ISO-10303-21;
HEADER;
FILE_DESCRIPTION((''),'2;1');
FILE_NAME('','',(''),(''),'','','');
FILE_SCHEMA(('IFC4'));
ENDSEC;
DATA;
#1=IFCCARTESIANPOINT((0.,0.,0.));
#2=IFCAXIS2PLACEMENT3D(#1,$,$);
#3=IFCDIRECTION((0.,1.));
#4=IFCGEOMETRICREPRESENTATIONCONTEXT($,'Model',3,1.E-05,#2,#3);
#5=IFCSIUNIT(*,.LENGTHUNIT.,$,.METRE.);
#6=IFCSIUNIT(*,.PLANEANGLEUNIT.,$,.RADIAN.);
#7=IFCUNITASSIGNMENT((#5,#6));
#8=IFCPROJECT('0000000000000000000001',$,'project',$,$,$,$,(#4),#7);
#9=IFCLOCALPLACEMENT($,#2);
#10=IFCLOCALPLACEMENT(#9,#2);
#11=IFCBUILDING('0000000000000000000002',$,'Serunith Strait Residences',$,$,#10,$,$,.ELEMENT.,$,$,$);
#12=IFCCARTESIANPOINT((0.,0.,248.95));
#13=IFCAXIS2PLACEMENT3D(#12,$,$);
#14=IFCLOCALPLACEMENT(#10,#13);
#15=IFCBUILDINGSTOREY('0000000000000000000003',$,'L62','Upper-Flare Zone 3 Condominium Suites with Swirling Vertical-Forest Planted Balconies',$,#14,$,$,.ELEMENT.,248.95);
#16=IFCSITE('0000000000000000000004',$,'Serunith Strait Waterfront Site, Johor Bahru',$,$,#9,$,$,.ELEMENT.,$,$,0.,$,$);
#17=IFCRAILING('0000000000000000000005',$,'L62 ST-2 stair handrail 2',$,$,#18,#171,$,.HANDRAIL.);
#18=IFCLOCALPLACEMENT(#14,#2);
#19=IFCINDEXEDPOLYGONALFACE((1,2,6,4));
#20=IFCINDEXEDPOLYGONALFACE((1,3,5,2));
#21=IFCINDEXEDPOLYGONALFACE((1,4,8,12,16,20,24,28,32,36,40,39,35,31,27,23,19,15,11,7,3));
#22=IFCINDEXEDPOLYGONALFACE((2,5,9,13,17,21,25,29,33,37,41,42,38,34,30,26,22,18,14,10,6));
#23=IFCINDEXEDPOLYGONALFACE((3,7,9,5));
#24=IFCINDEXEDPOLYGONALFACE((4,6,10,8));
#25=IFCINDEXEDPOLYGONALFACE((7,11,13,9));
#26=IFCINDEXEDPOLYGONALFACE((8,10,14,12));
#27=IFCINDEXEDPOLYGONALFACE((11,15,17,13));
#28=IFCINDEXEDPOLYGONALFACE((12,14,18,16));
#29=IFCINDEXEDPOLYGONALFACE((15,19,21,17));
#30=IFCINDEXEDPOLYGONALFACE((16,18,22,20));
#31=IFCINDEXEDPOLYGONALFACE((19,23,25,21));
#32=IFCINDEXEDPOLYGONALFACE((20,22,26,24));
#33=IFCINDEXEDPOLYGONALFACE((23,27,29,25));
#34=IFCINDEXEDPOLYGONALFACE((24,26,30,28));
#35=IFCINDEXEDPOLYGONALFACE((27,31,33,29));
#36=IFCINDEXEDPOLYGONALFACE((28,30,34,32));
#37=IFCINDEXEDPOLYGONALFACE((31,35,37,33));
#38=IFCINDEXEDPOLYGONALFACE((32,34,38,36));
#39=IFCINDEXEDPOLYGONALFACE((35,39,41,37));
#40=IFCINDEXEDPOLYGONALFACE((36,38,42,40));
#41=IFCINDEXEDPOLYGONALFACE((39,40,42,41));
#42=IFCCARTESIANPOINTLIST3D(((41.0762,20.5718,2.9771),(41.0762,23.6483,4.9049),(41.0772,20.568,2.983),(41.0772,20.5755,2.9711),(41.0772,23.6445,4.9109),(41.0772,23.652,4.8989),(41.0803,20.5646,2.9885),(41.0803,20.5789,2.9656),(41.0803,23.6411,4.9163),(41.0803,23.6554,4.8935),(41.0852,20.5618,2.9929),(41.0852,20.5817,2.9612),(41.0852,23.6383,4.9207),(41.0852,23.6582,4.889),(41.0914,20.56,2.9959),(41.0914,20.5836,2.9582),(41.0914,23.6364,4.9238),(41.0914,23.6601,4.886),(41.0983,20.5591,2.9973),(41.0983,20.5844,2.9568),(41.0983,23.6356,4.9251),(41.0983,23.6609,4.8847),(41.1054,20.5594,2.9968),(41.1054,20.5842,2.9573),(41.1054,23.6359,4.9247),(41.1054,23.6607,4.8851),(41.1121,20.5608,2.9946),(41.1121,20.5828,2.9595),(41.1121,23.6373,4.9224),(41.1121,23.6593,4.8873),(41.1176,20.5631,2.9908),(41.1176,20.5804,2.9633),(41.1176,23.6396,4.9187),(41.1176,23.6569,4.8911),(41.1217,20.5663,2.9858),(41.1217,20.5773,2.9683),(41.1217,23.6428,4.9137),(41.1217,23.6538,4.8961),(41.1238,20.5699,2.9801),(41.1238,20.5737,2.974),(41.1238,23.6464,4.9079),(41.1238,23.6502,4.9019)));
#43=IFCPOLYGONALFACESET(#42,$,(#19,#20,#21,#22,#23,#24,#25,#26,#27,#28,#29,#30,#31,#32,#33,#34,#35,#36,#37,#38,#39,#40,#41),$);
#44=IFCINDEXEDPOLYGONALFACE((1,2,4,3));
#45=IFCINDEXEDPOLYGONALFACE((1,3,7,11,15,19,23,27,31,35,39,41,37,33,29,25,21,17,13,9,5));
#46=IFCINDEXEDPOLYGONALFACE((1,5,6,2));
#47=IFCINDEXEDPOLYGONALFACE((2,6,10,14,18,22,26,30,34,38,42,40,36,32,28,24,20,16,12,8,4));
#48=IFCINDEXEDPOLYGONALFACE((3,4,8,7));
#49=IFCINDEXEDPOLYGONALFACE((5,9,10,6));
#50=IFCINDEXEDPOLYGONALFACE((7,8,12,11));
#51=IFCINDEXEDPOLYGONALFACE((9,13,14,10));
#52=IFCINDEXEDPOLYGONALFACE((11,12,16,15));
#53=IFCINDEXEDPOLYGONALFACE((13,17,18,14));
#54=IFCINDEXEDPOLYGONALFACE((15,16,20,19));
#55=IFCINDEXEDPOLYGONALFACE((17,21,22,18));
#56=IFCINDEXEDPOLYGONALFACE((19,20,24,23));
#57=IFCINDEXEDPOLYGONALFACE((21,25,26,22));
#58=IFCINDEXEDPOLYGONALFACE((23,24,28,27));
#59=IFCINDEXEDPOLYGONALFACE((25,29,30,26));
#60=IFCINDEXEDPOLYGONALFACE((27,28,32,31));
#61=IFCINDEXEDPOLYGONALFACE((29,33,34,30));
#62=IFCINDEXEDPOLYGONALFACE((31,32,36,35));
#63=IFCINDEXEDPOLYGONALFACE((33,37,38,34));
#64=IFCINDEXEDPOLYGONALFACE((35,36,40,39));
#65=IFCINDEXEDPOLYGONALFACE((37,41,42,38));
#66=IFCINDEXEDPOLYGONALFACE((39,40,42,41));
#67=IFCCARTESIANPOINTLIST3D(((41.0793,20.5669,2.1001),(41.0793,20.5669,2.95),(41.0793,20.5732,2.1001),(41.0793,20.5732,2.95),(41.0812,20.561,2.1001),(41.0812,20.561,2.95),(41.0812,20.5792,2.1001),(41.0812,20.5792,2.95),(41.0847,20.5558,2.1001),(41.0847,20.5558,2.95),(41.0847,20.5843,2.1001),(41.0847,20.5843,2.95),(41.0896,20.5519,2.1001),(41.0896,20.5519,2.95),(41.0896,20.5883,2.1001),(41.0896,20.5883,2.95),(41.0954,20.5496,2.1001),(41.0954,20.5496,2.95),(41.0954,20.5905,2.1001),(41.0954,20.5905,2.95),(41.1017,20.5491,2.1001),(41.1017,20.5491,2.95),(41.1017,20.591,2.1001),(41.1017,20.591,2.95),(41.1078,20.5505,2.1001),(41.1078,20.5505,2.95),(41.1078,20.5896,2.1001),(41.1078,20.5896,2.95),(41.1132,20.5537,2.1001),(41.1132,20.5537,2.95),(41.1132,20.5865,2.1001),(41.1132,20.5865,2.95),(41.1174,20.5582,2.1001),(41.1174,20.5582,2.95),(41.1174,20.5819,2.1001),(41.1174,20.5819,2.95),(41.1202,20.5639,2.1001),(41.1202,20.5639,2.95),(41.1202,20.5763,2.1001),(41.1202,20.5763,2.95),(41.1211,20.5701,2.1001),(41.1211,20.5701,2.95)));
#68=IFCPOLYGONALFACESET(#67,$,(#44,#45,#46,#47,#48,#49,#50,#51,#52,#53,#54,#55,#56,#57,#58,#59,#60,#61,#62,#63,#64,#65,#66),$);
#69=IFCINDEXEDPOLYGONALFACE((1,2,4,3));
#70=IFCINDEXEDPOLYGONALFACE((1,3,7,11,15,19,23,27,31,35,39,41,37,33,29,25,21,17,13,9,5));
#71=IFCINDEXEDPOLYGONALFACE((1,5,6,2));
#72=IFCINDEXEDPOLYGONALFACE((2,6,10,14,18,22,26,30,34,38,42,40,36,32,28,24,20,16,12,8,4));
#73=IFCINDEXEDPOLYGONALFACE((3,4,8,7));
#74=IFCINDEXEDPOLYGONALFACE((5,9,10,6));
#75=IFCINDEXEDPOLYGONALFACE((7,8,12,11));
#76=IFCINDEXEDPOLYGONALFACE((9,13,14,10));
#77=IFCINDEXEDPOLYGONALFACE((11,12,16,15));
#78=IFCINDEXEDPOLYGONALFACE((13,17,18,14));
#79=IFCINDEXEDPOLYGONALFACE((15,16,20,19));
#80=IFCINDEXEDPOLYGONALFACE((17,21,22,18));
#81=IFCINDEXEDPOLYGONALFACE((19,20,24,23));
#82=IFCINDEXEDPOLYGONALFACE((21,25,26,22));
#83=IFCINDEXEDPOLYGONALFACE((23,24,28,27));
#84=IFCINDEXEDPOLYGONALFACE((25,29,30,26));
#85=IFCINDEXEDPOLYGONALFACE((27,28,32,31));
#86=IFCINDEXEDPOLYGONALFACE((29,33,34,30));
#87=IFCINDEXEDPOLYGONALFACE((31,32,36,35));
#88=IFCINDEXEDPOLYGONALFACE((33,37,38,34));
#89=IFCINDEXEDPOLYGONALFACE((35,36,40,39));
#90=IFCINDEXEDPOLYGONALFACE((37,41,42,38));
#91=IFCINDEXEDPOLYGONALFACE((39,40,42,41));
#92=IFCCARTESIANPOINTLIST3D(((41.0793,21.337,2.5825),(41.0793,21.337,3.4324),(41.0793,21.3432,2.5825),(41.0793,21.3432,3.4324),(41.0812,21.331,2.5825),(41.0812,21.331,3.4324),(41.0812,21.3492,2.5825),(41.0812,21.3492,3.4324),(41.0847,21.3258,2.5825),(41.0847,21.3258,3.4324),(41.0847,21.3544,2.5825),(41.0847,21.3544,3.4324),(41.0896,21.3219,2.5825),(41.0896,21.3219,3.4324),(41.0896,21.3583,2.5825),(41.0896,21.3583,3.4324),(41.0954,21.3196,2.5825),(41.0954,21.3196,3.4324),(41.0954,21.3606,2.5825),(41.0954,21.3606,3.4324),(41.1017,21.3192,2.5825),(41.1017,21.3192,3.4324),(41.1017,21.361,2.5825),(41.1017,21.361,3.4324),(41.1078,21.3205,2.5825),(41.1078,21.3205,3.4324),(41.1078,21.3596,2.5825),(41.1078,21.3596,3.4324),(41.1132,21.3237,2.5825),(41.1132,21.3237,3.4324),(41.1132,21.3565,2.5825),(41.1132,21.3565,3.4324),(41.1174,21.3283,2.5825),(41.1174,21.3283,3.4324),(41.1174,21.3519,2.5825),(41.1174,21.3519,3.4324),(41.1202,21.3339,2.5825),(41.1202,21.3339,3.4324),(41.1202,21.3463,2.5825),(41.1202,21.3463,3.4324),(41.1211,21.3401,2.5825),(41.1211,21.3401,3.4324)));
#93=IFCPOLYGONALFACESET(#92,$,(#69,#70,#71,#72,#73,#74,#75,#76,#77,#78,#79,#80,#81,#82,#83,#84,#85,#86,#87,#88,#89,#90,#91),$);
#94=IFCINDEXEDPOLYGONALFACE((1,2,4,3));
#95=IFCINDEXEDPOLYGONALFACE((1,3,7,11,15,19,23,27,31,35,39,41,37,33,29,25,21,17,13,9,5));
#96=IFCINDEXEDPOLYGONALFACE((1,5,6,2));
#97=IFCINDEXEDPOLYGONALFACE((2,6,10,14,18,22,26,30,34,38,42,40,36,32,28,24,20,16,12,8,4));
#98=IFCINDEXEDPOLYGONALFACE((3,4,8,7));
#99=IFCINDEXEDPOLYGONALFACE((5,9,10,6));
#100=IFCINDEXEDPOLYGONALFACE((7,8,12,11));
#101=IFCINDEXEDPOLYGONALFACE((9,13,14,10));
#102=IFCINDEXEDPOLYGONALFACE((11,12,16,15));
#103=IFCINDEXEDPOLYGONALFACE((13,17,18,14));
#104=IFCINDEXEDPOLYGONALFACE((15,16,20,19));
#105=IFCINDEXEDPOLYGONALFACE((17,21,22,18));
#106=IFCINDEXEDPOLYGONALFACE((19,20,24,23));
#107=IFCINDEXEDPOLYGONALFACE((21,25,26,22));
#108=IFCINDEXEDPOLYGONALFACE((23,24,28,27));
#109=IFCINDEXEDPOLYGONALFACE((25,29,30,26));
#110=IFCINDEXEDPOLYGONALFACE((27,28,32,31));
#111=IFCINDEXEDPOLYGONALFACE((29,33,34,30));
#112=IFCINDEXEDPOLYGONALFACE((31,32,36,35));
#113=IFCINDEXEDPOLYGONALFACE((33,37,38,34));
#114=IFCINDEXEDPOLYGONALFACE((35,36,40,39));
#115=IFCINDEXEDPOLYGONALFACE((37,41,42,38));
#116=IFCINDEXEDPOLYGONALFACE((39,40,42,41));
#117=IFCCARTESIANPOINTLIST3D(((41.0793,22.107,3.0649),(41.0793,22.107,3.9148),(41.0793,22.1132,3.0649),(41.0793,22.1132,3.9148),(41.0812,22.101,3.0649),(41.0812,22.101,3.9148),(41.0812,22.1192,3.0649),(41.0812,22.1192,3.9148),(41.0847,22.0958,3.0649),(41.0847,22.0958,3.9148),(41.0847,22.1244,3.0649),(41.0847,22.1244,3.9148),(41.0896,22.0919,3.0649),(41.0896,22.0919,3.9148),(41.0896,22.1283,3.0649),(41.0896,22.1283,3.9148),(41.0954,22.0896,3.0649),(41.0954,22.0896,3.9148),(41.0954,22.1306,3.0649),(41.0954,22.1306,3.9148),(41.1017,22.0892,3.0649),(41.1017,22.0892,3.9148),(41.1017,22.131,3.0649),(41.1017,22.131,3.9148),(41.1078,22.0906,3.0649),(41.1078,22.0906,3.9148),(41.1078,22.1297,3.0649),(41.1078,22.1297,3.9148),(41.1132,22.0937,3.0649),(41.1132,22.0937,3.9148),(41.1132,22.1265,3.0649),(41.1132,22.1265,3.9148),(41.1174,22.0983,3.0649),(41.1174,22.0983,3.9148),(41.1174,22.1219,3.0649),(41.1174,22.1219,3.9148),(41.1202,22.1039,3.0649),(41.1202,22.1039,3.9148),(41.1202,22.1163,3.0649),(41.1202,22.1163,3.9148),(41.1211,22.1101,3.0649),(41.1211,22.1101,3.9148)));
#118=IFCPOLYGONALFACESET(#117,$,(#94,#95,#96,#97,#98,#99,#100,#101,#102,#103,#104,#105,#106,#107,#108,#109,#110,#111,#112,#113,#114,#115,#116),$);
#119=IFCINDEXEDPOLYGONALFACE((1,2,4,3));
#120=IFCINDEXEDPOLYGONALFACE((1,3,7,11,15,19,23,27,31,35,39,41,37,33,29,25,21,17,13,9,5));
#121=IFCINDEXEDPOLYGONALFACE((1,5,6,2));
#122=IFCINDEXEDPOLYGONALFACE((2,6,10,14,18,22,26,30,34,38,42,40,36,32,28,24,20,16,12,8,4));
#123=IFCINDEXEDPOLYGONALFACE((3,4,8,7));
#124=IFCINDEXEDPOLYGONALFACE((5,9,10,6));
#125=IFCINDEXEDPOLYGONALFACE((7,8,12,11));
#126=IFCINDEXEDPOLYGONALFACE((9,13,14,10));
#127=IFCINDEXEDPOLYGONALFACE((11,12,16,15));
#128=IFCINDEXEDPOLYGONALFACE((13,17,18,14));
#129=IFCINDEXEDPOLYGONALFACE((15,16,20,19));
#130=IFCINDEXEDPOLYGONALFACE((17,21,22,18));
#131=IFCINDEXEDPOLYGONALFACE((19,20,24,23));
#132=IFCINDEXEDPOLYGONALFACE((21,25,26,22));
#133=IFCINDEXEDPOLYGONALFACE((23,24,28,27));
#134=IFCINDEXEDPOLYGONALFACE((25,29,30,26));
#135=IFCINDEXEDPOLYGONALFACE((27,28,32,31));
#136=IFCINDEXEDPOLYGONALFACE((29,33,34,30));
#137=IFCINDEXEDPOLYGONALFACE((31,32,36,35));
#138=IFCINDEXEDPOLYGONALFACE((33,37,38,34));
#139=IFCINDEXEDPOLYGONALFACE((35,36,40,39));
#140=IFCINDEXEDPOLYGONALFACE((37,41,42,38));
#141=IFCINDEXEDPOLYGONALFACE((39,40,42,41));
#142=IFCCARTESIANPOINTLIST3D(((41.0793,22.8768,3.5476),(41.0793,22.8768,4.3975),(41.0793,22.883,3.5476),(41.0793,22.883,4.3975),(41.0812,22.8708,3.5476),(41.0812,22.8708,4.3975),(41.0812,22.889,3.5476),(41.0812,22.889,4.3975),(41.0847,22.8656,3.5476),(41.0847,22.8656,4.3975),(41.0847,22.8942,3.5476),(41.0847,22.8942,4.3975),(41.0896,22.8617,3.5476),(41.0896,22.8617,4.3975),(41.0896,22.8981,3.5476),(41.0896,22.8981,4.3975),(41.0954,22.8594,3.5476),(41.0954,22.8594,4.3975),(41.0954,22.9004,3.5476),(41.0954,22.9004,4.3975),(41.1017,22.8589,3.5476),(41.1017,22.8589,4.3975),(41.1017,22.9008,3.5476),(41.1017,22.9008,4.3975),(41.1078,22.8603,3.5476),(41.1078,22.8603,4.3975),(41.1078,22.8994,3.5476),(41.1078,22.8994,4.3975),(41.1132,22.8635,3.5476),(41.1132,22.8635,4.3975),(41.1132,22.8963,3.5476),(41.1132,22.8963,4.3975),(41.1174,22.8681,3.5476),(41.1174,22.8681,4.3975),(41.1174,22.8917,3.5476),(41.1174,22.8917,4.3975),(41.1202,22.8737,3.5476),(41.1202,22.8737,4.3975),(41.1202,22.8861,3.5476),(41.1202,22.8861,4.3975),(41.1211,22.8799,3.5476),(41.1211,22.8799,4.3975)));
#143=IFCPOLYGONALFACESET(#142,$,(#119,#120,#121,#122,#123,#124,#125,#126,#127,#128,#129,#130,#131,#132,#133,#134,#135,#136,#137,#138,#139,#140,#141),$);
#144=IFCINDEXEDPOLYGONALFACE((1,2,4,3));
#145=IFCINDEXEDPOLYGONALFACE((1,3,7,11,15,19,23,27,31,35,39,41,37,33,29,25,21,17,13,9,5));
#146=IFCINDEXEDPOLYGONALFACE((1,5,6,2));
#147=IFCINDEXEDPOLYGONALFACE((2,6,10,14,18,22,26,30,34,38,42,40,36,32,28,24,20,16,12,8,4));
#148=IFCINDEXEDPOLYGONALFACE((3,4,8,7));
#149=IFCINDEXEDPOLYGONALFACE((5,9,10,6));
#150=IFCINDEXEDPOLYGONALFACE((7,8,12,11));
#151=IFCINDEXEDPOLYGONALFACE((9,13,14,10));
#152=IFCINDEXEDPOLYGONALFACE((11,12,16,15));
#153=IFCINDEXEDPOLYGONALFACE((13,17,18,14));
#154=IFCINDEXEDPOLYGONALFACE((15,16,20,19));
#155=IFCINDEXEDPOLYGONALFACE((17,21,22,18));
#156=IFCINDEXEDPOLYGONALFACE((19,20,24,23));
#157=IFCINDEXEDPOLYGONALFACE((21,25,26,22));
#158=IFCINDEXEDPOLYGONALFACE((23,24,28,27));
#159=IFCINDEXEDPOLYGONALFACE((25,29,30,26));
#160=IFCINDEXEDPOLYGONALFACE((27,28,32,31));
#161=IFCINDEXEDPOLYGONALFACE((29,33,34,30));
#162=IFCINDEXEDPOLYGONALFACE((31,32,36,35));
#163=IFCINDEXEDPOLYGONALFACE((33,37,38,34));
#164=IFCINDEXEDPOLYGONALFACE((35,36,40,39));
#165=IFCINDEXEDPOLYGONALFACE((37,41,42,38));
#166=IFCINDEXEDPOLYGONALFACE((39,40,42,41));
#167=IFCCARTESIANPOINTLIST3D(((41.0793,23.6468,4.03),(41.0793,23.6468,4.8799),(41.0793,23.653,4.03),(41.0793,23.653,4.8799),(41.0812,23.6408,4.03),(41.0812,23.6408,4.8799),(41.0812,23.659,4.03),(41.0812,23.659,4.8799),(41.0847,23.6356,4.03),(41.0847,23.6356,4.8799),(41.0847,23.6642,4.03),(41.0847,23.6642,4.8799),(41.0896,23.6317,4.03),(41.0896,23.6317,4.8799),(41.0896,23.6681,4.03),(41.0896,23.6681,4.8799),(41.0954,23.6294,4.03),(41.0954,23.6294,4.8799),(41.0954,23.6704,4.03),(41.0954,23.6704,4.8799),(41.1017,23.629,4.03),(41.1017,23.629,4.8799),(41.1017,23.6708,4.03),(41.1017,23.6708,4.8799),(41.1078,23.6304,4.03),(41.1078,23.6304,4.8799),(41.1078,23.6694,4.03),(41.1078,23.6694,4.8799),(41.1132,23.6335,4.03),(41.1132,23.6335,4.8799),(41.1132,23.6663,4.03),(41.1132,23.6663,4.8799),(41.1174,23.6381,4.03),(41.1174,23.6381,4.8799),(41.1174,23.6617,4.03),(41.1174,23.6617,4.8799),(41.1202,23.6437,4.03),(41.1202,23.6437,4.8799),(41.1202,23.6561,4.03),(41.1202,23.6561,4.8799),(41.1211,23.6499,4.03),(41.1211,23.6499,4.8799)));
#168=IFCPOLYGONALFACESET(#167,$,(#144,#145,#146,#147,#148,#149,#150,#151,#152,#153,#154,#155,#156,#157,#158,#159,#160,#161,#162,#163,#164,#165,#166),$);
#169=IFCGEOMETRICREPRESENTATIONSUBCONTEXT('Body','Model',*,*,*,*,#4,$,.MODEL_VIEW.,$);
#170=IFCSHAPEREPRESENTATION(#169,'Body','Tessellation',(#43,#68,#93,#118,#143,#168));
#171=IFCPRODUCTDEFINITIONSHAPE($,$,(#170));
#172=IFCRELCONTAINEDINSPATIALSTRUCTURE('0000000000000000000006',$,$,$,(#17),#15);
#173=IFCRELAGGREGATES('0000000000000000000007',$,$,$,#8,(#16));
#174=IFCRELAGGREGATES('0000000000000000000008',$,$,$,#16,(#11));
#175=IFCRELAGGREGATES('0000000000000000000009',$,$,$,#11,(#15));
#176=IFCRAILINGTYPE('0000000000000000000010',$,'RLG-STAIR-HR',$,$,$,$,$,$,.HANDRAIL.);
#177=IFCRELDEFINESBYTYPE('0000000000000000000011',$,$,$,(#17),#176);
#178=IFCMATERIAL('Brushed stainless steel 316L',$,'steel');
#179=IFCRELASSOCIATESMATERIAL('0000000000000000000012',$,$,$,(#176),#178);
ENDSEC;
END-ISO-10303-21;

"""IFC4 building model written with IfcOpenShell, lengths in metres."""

from ifc_helpers import new_model, si_unit, direction, frame, origin, origin_2d, place, context, subcontext, project, spatial, circle, extrude, material, type_object, element, save


model = new_model("IFC4")

# Units and contexts
model_context = context("Model", 3, precision=1e-05, world=origin(), true_north=direction((0.0, 1.0)))
body_context = subcontext(model_context, "Body", "Model", "MODEL_VIEW")
ifc_project = project(units=[si_unit("LENGTHUNIT", "METRE"), si_unit("PLANEANGLEUNIT", "RADIAN")], contexts=[model_context])

# Site, building, storey
site_placement = place(None, origin())
site = spatial("IfcSite", under=ifc_project, at=site_placement, Name="Serunith Strait Waterfront Site, Johor Bahru", CompositionType="ELEMENT", RefElevation=0.0)
building_placement = place(site_placement, origin())
building = spatial("IfcBuilding", under=site, at=building_placement, Name="Serunith Strait Residences", CompositionType="ELEMENT")
storey_placement = place(building_placement, frame((0.0, 0.0, 248.95)))
storey = spatial("IfcBuildingStorey", under=building, at=storey_placement, Name="L62", Description="Upper-Flare Zone 3 Condominium Suites with Swirling Vertical-Forest Planted Balconies", CompositionType="ELEMENT", Elevation=248.95)

# Railing
ifc_material_1 = material(Name="Brushed stainless steel 316L", Category="steel")
railing_type_1 = type_object("IfcRailingType", Name="RLG-STAIR-HR", PredefinedType="HANDRAIL", material=ifc_material_1)
railing_1_placement = place(storey_placement, frame((41.1001, 20.5701, 2.1001)))
element("IfcRailing", 1, at=railing_1_placement, inside=storey, type_object=railing_type_1, Name="L62 ST-2 stair handrail 2", PredefinedType="HANDRAIL", context=body_context, shape_type="SweptSolid", body=[
    extrude(circle(Radius=0.0239, at=origin_2d()), frame((0.0, 0.0017, 0.877), z_axis=(0.0, 0.847375, 0.530995), x_axis=(-1.0, 0.0, 0.0)), (0.0, 0.0, 1.0), 3.6306),
    extrude(circle(Radius=0.021, at=origin_2d()), origin(), (0.0, 0.0, 1.0), 0.8499),
    extrude(circle(Radius=0.021, at=origin_2d()), frame((0.0, 0.77, 0.4824)), (0.0, 0.0, 1.0), 0.8499),
    extrude(circle(Radius=0.021, at=origin_2d()), frame((0.0, 1.54, 0.9648)), (0.0, 0.0, 1.0), 0.8499),
    extrude(circle(Radius=0.021, at=origin_2d()), frame((0.0, 2.3098, 1.4475)), (0.0, 0.0, 1.0), 0.8499),
    extrude(circle(Radius=0.021, at=origin_2d()), frame((0.0, 3.0798, 1.9299)), (0.0, 0.0, 1.0), 0.8499),
])

save(model, "model.ifc")
